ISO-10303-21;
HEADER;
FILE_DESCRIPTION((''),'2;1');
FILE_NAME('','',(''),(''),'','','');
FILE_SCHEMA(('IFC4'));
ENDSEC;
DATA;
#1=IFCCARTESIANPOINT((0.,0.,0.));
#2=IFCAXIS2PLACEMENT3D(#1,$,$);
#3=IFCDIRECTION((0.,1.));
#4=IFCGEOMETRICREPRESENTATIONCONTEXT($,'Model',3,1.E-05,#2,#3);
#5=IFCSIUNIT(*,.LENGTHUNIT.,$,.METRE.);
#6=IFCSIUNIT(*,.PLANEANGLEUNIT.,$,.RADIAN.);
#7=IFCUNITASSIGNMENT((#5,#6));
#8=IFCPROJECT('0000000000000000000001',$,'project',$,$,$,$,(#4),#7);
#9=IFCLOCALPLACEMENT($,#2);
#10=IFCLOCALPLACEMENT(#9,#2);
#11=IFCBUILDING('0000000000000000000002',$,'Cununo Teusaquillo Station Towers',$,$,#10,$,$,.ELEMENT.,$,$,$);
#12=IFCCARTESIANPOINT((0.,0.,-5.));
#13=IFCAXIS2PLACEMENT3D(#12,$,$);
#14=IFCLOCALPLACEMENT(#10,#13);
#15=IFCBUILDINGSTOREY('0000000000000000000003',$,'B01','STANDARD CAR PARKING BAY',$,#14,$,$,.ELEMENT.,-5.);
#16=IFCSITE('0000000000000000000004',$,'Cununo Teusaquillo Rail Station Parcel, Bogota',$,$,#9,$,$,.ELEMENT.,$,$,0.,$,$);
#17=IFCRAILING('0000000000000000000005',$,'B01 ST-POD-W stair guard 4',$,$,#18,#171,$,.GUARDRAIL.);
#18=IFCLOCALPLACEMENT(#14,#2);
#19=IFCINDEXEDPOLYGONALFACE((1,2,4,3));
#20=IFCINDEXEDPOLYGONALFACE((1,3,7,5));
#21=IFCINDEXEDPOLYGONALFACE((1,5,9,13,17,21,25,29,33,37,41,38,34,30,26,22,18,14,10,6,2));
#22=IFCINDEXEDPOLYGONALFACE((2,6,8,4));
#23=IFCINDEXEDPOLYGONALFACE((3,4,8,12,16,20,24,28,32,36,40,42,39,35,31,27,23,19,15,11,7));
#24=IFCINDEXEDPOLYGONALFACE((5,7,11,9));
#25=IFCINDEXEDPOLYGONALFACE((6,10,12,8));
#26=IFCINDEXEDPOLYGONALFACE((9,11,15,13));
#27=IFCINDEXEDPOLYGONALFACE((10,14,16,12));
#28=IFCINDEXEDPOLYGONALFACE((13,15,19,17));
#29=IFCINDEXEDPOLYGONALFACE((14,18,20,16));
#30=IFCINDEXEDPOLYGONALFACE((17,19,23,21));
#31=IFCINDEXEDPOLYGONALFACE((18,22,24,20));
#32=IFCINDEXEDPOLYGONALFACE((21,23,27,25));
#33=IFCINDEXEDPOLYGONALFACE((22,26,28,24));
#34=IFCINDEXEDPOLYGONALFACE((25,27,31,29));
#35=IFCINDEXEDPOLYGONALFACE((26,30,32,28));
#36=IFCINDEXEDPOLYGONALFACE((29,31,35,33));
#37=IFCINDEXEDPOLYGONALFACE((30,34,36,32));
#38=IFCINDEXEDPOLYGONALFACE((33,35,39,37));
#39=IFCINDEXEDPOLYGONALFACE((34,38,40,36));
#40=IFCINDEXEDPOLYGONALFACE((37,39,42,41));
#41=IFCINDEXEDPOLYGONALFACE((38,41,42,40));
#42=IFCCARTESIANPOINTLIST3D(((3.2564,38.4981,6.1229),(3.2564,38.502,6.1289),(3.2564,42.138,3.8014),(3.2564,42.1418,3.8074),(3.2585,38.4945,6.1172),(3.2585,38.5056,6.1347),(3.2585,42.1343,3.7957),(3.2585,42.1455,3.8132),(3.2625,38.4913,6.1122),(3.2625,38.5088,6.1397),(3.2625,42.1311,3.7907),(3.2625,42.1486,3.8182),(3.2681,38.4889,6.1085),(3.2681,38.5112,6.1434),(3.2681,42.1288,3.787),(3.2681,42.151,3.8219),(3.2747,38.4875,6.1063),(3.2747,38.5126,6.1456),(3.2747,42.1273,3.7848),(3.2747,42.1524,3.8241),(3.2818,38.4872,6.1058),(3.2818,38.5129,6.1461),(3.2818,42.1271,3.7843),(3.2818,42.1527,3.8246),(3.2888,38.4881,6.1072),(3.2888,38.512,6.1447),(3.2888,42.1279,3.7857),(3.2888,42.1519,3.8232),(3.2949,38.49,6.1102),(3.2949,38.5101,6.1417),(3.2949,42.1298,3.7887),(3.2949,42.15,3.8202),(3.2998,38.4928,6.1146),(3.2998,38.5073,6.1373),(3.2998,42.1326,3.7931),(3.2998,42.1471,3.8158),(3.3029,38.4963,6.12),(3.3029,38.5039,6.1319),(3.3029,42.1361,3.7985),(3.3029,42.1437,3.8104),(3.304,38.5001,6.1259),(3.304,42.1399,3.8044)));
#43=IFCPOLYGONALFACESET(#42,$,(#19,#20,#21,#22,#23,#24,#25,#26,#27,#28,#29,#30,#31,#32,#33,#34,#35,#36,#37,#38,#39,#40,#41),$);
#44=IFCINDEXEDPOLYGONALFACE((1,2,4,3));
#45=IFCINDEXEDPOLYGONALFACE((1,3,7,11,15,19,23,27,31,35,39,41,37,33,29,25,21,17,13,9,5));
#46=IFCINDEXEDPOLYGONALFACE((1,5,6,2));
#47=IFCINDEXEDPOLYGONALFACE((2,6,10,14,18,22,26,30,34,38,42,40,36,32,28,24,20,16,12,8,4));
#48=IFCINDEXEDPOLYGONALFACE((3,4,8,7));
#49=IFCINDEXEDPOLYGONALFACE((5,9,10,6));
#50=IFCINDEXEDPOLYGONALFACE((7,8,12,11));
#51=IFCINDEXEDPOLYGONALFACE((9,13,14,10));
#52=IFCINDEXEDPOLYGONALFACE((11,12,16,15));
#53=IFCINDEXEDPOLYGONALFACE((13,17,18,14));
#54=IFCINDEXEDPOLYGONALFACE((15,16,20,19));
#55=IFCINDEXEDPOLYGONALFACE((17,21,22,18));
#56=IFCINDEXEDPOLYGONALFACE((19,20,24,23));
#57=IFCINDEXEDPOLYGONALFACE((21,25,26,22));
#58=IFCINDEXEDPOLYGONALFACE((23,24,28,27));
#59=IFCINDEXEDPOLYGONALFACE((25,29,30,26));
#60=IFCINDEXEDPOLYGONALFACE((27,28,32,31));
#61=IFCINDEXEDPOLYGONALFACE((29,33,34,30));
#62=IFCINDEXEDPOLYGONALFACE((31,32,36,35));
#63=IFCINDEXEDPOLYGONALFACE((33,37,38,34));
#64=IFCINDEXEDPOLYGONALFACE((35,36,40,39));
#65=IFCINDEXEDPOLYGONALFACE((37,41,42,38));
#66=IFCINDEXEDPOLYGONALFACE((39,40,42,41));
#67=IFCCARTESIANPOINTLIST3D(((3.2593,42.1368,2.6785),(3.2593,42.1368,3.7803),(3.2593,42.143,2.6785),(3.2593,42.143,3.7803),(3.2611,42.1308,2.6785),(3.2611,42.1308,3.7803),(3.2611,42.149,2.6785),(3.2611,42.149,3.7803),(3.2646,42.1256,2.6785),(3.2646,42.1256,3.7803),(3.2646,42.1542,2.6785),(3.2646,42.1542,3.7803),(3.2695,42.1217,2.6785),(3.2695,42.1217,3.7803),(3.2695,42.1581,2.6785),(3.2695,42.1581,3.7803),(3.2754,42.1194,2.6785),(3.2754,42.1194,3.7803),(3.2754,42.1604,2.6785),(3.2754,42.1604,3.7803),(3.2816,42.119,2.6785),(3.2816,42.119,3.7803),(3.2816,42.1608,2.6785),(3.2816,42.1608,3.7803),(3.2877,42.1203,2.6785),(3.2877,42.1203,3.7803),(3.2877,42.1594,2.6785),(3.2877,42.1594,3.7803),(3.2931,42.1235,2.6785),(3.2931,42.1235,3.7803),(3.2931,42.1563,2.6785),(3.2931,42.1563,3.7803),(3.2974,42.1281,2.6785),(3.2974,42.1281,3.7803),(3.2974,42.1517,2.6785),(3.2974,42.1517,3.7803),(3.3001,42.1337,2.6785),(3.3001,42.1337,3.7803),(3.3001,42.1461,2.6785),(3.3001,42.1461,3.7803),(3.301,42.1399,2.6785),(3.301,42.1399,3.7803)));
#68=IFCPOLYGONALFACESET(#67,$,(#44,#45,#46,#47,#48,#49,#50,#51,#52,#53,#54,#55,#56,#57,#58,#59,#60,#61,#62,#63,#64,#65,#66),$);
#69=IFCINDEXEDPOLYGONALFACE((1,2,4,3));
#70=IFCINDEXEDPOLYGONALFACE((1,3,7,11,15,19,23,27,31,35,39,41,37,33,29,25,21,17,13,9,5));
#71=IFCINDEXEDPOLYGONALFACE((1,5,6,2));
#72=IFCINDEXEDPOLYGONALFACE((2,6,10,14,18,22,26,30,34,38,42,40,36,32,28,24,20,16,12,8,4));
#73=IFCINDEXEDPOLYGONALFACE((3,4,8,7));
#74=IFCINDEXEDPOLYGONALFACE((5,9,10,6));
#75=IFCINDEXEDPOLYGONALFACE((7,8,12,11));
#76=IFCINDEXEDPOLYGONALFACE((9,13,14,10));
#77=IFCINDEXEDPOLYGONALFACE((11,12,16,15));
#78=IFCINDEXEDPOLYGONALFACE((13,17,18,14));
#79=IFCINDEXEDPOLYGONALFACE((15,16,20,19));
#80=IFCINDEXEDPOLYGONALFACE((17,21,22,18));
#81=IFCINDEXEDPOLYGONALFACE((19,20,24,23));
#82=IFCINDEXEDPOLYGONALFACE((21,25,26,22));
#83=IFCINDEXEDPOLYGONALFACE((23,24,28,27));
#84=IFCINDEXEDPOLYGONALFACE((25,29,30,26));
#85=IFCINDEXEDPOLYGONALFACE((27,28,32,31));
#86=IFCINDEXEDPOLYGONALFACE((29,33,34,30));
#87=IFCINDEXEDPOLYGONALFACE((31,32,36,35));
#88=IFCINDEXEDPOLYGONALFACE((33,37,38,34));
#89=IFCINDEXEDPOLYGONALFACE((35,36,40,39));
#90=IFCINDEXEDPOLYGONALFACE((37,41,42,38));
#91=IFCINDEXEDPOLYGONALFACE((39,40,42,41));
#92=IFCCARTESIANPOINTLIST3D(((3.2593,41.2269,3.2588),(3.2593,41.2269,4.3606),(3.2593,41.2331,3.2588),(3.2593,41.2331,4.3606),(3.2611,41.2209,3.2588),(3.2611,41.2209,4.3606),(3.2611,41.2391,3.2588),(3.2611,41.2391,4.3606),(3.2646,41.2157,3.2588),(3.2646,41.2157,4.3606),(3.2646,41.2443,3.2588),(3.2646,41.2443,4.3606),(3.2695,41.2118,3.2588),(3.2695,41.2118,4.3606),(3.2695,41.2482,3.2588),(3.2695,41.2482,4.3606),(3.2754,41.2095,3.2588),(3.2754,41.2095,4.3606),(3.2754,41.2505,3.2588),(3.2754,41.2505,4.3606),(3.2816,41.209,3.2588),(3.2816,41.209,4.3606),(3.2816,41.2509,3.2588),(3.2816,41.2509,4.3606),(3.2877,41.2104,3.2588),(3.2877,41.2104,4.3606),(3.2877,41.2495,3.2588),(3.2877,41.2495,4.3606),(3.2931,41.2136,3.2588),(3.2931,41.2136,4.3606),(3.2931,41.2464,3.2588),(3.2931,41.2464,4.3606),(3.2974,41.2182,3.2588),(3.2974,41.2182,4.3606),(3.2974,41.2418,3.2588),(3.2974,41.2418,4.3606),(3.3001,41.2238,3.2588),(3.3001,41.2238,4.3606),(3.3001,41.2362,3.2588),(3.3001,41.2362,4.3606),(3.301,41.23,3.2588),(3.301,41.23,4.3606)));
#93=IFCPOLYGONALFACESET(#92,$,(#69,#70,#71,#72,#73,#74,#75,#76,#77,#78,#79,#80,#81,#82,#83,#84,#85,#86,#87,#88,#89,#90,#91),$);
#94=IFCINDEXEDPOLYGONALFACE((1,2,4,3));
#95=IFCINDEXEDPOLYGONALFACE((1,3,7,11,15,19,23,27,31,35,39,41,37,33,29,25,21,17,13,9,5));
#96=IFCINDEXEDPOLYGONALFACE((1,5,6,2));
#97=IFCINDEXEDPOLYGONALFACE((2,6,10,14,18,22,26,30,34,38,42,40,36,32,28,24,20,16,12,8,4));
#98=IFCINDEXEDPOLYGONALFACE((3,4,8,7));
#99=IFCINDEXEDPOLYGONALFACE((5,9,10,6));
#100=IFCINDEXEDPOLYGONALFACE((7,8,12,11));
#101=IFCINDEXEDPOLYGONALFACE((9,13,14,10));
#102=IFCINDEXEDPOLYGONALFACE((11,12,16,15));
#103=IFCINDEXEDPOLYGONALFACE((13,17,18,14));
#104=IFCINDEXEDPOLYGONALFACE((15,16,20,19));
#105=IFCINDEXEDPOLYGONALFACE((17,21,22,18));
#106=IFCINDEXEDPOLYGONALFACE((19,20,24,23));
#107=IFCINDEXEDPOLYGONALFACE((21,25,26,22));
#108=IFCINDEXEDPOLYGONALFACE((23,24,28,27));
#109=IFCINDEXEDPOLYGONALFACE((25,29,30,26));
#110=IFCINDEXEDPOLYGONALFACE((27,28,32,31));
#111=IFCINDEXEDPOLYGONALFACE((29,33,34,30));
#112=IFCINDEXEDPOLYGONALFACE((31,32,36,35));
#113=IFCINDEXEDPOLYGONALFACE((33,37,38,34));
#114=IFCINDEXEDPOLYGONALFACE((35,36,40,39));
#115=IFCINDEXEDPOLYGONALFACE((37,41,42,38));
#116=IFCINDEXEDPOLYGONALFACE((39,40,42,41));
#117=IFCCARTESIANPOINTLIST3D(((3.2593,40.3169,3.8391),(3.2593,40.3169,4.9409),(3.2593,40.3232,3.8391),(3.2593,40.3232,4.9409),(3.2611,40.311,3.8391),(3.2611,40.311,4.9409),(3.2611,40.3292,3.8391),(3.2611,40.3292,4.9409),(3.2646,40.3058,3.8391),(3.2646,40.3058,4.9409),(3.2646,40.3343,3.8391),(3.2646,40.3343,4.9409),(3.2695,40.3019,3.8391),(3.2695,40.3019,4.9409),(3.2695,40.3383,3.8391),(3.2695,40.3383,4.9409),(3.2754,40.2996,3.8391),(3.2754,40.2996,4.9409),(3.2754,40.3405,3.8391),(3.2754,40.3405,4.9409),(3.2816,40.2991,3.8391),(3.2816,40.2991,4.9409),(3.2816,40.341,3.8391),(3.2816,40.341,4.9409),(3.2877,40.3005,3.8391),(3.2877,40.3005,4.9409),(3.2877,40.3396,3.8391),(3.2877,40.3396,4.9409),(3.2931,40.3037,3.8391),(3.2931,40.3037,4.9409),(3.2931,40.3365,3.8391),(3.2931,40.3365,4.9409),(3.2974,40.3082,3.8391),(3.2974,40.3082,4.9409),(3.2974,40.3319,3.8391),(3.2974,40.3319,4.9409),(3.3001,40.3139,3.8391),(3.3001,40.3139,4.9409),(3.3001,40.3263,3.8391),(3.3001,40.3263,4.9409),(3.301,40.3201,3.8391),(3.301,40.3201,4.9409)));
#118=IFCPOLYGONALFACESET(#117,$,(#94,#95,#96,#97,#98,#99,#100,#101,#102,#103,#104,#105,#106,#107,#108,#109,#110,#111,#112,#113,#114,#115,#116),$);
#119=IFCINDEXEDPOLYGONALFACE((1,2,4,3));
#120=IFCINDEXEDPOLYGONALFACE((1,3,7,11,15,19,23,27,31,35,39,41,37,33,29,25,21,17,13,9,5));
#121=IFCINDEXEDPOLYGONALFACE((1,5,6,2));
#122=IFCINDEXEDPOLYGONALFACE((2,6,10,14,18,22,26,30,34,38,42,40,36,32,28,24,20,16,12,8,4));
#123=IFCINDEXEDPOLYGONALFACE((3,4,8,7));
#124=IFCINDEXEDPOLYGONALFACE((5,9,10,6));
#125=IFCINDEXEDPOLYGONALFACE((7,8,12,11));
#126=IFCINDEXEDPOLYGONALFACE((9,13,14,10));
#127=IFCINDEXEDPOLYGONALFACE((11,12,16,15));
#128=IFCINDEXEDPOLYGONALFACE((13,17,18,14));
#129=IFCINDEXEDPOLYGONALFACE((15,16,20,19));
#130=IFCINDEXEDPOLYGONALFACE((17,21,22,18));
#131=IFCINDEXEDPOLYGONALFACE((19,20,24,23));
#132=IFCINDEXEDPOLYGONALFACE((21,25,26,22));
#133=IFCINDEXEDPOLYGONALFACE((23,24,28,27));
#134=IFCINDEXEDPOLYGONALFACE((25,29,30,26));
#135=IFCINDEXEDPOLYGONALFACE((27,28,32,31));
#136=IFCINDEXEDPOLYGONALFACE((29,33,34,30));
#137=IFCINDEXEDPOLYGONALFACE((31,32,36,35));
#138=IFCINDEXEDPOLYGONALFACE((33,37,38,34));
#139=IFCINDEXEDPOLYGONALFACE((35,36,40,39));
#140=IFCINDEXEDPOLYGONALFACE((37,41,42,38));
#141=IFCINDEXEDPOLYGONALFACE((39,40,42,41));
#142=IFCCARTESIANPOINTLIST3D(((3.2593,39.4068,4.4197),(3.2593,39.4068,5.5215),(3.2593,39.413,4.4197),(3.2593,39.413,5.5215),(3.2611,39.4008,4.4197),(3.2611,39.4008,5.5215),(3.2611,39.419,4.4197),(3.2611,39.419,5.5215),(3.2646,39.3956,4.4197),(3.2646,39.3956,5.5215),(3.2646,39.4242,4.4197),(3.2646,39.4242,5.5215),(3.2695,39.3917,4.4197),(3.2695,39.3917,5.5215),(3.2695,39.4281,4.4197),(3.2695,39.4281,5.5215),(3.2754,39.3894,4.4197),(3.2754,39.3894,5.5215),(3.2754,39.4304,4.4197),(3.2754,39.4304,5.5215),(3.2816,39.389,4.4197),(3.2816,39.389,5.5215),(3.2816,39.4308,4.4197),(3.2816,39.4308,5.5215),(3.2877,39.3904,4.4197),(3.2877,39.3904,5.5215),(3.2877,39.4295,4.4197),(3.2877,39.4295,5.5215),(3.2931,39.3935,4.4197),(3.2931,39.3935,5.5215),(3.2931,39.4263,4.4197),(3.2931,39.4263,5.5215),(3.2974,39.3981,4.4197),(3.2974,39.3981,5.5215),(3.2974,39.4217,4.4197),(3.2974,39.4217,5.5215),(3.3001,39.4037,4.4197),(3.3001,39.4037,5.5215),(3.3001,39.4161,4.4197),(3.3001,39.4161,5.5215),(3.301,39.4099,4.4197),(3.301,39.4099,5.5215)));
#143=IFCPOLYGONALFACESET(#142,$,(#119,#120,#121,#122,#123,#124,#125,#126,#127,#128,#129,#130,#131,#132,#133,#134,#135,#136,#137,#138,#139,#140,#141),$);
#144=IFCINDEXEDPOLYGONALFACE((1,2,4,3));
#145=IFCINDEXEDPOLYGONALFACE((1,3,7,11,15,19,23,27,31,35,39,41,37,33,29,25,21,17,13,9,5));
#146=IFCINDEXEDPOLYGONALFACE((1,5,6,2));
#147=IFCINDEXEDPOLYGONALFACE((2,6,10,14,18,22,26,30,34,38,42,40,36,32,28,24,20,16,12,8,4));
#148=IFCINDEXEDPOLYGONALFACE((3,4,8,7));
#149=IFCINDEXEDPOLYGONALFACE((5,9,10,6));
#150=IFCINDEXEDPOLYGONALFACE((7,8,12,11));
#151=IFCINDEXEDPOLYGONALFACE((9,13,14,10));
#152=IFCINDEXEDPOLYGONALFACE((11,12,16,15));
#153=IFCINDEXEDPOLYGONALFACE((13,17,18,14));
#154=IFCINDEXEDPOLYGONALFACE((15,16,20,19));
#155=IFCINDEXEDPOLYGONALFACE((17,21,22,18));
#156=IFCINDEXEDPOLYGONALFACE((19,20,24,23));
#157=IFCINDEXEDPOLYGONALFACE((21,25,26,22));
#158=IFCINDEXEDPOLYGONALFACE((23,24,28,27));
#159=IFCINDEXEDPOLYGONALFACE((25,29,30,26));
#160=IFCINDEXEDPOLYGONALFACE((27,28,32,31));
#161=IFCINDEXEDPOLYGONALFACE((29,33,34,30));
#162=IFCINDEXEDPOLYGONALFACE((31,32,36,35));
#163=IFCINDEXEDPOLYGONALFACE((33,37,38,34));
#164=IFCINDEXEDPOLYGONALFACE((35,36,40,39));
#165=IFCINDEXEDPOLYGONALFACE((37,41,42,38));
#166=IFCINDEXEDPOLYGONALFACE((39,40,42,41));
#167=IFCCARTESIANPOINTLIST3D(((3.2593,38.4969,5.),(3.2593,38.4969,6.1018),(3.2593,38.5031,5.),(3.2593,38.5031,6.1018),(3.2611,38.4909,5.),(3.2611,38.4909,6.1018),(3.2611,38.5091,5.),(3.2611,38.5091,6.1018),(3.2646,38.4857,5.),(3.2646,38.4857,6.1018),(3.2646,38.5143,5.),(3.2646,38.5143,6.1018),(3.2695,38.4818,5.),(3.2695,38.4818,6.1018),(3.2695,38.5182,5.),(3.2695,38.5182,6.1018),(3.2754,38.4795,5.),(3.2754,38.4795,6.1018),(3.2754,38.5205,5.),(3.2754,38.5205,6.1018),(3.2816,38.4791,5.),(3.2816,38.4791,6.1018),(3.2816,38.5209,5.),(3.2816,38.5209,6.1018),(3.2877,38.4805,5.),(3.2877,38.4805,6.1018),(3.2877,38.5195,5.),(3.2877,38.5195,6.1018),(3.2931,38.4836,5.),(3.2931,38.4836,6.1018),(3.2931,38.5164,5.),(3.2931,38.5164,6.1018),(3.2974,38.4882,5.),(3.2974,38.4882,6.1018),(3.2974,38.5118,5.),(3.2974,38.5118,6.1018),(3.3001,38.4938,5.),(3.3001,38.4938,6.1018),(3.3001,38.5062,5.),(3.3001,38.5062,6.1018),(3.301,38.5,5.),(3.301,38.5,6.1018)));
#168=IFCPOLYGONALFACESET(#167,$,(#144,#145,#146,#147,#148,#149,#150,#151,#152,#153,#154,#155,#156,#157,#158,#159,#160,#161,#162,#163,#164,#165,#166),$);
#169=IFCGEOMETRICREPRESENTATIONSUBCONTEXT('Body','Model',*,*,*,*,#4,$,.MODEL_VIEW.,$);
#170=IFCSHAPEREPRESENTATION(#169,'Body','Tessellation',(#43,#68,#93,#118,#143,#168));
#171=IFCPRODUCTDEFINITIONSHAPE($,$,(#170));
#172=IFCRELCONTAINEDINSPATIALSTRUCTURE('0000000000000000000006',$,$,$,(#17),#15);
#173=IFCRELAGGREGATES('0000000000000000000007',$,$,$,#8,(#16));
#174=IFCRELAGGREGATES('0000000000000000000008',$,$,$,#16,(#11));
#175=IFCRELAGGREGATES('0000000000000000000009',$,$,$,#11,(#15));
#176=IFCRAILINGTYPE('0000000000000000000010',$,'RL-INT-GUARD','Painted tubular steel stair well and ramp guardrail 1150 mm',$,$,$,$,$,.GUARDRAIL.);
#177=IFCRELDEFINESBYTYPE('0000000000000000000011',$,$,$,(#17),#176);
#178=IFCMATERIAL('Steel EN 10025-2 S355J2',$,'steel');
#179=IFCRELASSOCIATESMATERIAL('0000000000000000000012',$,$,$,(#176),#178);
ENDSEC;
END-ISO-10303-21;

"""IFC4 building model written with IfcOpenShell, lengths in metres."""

from ifc_helpers import new_model, si_unit, direction, frame, origin, origin_2d, place, context, subcontext, project, spatial, circle, extrude, material, type_object, element, save


model = new_model("IFC4")

# Units and contexts
model_context = context("Model", 3, precision=1e-05, world=origin(), true_north=direction((0.0, 1.0)))
body_context = subcontext(model_context, "Body", "Model", "MODEL_VIEW")
ifc_project = project(units=[si_unit("LENGTHUNIT", "METRE"), si_unit("PLANEANGLEUNIT", "RADIAN")], contexts=[model_context])

# Site, building, storey
site_placement = place(None, origin())
site = spatial("IfcSite", under=ifc_project, at=site_placement, Name="Cununo Teusaquillo Rail Station Parcel, Bogota", CompositionType="ELEMENT", RefElevation=0.0)
building_placement = place(site_placement, origin())
building = spatial("IfcBuilding", under=site, at=building_placement, Name="Cununo Teusaquillo Station Towers", CompositionType="ELEMENT")
storey_placement = place(building_placement, frame((0.0, 0.0, -5.0)))
storey = spatial("IfcBuildingStorey", under=building, at=storey_placement, Name="B01", Description="STANDARD CAR PARKING BAY", CompositionType="ELEMENT", Elevation=-5.0)

# Railing
ifc_material_1 = material(Name="Steel EN 10025-2 S355J2", Category="steel")
railing_type_1 = type_object("IfcRailingType", Name="RL-INT-GUARD", Description="Painted tubular steel stair well and ramp guardrail 1150 mm", PredefinedType="GUARDRAIL", material=ifc_material_1)
railing_1_placement = place(storey_placement, frame((3.28, 42.1399, 2.6785)))
element("IfcRailing", 1, at=railing_1_placement, inside=storey, type_object=railing_type_1, Name="B01 ST-POD-W stair guard 4", PredefinedType="GUARDRAIL", context=body_context, shape_type="SweptSolid", body=[
    extrude(circle(Radius=0.0239, at=origin_2d()), frame((0.0, 0.0, 1.126), z_axis=(0.0, -0.843112, 0.537739), x_axis=(1.0, 0.0, 0.0)), (0.0, 0.0, 1.0), 4.3171),
    extrude(circle(Radius=0.021, at=origin_2d()), origin(), (0.0, 0.0, 1.0), 1.1018),
    extrude(circle(Radius=0.021, at=origin_2d()), frame((0.0, -0.9099, 0.5803)), (0.0, 0.0, 1.0), 1.1018),
    extrude(circle(Radius=0.021, at=origin_2d()), frame((0.0, -1.8198, 1.1606)), (0.0, 0.0, 1.0), 1.1018),
    extrude(circle(Radius=0.021, at=origin_2d()), frame((0.0, -2.73, 1.7412)), (0.0, 0.0, 1.0), 1.1018),
    extrude(circle(Radius=0.021, at=origin_2d()), frame((0.0, -3.6399, 2.3215)), (0.0, 0.0, 1.0), 1.1018),
])

save(model, "model.ifc")
